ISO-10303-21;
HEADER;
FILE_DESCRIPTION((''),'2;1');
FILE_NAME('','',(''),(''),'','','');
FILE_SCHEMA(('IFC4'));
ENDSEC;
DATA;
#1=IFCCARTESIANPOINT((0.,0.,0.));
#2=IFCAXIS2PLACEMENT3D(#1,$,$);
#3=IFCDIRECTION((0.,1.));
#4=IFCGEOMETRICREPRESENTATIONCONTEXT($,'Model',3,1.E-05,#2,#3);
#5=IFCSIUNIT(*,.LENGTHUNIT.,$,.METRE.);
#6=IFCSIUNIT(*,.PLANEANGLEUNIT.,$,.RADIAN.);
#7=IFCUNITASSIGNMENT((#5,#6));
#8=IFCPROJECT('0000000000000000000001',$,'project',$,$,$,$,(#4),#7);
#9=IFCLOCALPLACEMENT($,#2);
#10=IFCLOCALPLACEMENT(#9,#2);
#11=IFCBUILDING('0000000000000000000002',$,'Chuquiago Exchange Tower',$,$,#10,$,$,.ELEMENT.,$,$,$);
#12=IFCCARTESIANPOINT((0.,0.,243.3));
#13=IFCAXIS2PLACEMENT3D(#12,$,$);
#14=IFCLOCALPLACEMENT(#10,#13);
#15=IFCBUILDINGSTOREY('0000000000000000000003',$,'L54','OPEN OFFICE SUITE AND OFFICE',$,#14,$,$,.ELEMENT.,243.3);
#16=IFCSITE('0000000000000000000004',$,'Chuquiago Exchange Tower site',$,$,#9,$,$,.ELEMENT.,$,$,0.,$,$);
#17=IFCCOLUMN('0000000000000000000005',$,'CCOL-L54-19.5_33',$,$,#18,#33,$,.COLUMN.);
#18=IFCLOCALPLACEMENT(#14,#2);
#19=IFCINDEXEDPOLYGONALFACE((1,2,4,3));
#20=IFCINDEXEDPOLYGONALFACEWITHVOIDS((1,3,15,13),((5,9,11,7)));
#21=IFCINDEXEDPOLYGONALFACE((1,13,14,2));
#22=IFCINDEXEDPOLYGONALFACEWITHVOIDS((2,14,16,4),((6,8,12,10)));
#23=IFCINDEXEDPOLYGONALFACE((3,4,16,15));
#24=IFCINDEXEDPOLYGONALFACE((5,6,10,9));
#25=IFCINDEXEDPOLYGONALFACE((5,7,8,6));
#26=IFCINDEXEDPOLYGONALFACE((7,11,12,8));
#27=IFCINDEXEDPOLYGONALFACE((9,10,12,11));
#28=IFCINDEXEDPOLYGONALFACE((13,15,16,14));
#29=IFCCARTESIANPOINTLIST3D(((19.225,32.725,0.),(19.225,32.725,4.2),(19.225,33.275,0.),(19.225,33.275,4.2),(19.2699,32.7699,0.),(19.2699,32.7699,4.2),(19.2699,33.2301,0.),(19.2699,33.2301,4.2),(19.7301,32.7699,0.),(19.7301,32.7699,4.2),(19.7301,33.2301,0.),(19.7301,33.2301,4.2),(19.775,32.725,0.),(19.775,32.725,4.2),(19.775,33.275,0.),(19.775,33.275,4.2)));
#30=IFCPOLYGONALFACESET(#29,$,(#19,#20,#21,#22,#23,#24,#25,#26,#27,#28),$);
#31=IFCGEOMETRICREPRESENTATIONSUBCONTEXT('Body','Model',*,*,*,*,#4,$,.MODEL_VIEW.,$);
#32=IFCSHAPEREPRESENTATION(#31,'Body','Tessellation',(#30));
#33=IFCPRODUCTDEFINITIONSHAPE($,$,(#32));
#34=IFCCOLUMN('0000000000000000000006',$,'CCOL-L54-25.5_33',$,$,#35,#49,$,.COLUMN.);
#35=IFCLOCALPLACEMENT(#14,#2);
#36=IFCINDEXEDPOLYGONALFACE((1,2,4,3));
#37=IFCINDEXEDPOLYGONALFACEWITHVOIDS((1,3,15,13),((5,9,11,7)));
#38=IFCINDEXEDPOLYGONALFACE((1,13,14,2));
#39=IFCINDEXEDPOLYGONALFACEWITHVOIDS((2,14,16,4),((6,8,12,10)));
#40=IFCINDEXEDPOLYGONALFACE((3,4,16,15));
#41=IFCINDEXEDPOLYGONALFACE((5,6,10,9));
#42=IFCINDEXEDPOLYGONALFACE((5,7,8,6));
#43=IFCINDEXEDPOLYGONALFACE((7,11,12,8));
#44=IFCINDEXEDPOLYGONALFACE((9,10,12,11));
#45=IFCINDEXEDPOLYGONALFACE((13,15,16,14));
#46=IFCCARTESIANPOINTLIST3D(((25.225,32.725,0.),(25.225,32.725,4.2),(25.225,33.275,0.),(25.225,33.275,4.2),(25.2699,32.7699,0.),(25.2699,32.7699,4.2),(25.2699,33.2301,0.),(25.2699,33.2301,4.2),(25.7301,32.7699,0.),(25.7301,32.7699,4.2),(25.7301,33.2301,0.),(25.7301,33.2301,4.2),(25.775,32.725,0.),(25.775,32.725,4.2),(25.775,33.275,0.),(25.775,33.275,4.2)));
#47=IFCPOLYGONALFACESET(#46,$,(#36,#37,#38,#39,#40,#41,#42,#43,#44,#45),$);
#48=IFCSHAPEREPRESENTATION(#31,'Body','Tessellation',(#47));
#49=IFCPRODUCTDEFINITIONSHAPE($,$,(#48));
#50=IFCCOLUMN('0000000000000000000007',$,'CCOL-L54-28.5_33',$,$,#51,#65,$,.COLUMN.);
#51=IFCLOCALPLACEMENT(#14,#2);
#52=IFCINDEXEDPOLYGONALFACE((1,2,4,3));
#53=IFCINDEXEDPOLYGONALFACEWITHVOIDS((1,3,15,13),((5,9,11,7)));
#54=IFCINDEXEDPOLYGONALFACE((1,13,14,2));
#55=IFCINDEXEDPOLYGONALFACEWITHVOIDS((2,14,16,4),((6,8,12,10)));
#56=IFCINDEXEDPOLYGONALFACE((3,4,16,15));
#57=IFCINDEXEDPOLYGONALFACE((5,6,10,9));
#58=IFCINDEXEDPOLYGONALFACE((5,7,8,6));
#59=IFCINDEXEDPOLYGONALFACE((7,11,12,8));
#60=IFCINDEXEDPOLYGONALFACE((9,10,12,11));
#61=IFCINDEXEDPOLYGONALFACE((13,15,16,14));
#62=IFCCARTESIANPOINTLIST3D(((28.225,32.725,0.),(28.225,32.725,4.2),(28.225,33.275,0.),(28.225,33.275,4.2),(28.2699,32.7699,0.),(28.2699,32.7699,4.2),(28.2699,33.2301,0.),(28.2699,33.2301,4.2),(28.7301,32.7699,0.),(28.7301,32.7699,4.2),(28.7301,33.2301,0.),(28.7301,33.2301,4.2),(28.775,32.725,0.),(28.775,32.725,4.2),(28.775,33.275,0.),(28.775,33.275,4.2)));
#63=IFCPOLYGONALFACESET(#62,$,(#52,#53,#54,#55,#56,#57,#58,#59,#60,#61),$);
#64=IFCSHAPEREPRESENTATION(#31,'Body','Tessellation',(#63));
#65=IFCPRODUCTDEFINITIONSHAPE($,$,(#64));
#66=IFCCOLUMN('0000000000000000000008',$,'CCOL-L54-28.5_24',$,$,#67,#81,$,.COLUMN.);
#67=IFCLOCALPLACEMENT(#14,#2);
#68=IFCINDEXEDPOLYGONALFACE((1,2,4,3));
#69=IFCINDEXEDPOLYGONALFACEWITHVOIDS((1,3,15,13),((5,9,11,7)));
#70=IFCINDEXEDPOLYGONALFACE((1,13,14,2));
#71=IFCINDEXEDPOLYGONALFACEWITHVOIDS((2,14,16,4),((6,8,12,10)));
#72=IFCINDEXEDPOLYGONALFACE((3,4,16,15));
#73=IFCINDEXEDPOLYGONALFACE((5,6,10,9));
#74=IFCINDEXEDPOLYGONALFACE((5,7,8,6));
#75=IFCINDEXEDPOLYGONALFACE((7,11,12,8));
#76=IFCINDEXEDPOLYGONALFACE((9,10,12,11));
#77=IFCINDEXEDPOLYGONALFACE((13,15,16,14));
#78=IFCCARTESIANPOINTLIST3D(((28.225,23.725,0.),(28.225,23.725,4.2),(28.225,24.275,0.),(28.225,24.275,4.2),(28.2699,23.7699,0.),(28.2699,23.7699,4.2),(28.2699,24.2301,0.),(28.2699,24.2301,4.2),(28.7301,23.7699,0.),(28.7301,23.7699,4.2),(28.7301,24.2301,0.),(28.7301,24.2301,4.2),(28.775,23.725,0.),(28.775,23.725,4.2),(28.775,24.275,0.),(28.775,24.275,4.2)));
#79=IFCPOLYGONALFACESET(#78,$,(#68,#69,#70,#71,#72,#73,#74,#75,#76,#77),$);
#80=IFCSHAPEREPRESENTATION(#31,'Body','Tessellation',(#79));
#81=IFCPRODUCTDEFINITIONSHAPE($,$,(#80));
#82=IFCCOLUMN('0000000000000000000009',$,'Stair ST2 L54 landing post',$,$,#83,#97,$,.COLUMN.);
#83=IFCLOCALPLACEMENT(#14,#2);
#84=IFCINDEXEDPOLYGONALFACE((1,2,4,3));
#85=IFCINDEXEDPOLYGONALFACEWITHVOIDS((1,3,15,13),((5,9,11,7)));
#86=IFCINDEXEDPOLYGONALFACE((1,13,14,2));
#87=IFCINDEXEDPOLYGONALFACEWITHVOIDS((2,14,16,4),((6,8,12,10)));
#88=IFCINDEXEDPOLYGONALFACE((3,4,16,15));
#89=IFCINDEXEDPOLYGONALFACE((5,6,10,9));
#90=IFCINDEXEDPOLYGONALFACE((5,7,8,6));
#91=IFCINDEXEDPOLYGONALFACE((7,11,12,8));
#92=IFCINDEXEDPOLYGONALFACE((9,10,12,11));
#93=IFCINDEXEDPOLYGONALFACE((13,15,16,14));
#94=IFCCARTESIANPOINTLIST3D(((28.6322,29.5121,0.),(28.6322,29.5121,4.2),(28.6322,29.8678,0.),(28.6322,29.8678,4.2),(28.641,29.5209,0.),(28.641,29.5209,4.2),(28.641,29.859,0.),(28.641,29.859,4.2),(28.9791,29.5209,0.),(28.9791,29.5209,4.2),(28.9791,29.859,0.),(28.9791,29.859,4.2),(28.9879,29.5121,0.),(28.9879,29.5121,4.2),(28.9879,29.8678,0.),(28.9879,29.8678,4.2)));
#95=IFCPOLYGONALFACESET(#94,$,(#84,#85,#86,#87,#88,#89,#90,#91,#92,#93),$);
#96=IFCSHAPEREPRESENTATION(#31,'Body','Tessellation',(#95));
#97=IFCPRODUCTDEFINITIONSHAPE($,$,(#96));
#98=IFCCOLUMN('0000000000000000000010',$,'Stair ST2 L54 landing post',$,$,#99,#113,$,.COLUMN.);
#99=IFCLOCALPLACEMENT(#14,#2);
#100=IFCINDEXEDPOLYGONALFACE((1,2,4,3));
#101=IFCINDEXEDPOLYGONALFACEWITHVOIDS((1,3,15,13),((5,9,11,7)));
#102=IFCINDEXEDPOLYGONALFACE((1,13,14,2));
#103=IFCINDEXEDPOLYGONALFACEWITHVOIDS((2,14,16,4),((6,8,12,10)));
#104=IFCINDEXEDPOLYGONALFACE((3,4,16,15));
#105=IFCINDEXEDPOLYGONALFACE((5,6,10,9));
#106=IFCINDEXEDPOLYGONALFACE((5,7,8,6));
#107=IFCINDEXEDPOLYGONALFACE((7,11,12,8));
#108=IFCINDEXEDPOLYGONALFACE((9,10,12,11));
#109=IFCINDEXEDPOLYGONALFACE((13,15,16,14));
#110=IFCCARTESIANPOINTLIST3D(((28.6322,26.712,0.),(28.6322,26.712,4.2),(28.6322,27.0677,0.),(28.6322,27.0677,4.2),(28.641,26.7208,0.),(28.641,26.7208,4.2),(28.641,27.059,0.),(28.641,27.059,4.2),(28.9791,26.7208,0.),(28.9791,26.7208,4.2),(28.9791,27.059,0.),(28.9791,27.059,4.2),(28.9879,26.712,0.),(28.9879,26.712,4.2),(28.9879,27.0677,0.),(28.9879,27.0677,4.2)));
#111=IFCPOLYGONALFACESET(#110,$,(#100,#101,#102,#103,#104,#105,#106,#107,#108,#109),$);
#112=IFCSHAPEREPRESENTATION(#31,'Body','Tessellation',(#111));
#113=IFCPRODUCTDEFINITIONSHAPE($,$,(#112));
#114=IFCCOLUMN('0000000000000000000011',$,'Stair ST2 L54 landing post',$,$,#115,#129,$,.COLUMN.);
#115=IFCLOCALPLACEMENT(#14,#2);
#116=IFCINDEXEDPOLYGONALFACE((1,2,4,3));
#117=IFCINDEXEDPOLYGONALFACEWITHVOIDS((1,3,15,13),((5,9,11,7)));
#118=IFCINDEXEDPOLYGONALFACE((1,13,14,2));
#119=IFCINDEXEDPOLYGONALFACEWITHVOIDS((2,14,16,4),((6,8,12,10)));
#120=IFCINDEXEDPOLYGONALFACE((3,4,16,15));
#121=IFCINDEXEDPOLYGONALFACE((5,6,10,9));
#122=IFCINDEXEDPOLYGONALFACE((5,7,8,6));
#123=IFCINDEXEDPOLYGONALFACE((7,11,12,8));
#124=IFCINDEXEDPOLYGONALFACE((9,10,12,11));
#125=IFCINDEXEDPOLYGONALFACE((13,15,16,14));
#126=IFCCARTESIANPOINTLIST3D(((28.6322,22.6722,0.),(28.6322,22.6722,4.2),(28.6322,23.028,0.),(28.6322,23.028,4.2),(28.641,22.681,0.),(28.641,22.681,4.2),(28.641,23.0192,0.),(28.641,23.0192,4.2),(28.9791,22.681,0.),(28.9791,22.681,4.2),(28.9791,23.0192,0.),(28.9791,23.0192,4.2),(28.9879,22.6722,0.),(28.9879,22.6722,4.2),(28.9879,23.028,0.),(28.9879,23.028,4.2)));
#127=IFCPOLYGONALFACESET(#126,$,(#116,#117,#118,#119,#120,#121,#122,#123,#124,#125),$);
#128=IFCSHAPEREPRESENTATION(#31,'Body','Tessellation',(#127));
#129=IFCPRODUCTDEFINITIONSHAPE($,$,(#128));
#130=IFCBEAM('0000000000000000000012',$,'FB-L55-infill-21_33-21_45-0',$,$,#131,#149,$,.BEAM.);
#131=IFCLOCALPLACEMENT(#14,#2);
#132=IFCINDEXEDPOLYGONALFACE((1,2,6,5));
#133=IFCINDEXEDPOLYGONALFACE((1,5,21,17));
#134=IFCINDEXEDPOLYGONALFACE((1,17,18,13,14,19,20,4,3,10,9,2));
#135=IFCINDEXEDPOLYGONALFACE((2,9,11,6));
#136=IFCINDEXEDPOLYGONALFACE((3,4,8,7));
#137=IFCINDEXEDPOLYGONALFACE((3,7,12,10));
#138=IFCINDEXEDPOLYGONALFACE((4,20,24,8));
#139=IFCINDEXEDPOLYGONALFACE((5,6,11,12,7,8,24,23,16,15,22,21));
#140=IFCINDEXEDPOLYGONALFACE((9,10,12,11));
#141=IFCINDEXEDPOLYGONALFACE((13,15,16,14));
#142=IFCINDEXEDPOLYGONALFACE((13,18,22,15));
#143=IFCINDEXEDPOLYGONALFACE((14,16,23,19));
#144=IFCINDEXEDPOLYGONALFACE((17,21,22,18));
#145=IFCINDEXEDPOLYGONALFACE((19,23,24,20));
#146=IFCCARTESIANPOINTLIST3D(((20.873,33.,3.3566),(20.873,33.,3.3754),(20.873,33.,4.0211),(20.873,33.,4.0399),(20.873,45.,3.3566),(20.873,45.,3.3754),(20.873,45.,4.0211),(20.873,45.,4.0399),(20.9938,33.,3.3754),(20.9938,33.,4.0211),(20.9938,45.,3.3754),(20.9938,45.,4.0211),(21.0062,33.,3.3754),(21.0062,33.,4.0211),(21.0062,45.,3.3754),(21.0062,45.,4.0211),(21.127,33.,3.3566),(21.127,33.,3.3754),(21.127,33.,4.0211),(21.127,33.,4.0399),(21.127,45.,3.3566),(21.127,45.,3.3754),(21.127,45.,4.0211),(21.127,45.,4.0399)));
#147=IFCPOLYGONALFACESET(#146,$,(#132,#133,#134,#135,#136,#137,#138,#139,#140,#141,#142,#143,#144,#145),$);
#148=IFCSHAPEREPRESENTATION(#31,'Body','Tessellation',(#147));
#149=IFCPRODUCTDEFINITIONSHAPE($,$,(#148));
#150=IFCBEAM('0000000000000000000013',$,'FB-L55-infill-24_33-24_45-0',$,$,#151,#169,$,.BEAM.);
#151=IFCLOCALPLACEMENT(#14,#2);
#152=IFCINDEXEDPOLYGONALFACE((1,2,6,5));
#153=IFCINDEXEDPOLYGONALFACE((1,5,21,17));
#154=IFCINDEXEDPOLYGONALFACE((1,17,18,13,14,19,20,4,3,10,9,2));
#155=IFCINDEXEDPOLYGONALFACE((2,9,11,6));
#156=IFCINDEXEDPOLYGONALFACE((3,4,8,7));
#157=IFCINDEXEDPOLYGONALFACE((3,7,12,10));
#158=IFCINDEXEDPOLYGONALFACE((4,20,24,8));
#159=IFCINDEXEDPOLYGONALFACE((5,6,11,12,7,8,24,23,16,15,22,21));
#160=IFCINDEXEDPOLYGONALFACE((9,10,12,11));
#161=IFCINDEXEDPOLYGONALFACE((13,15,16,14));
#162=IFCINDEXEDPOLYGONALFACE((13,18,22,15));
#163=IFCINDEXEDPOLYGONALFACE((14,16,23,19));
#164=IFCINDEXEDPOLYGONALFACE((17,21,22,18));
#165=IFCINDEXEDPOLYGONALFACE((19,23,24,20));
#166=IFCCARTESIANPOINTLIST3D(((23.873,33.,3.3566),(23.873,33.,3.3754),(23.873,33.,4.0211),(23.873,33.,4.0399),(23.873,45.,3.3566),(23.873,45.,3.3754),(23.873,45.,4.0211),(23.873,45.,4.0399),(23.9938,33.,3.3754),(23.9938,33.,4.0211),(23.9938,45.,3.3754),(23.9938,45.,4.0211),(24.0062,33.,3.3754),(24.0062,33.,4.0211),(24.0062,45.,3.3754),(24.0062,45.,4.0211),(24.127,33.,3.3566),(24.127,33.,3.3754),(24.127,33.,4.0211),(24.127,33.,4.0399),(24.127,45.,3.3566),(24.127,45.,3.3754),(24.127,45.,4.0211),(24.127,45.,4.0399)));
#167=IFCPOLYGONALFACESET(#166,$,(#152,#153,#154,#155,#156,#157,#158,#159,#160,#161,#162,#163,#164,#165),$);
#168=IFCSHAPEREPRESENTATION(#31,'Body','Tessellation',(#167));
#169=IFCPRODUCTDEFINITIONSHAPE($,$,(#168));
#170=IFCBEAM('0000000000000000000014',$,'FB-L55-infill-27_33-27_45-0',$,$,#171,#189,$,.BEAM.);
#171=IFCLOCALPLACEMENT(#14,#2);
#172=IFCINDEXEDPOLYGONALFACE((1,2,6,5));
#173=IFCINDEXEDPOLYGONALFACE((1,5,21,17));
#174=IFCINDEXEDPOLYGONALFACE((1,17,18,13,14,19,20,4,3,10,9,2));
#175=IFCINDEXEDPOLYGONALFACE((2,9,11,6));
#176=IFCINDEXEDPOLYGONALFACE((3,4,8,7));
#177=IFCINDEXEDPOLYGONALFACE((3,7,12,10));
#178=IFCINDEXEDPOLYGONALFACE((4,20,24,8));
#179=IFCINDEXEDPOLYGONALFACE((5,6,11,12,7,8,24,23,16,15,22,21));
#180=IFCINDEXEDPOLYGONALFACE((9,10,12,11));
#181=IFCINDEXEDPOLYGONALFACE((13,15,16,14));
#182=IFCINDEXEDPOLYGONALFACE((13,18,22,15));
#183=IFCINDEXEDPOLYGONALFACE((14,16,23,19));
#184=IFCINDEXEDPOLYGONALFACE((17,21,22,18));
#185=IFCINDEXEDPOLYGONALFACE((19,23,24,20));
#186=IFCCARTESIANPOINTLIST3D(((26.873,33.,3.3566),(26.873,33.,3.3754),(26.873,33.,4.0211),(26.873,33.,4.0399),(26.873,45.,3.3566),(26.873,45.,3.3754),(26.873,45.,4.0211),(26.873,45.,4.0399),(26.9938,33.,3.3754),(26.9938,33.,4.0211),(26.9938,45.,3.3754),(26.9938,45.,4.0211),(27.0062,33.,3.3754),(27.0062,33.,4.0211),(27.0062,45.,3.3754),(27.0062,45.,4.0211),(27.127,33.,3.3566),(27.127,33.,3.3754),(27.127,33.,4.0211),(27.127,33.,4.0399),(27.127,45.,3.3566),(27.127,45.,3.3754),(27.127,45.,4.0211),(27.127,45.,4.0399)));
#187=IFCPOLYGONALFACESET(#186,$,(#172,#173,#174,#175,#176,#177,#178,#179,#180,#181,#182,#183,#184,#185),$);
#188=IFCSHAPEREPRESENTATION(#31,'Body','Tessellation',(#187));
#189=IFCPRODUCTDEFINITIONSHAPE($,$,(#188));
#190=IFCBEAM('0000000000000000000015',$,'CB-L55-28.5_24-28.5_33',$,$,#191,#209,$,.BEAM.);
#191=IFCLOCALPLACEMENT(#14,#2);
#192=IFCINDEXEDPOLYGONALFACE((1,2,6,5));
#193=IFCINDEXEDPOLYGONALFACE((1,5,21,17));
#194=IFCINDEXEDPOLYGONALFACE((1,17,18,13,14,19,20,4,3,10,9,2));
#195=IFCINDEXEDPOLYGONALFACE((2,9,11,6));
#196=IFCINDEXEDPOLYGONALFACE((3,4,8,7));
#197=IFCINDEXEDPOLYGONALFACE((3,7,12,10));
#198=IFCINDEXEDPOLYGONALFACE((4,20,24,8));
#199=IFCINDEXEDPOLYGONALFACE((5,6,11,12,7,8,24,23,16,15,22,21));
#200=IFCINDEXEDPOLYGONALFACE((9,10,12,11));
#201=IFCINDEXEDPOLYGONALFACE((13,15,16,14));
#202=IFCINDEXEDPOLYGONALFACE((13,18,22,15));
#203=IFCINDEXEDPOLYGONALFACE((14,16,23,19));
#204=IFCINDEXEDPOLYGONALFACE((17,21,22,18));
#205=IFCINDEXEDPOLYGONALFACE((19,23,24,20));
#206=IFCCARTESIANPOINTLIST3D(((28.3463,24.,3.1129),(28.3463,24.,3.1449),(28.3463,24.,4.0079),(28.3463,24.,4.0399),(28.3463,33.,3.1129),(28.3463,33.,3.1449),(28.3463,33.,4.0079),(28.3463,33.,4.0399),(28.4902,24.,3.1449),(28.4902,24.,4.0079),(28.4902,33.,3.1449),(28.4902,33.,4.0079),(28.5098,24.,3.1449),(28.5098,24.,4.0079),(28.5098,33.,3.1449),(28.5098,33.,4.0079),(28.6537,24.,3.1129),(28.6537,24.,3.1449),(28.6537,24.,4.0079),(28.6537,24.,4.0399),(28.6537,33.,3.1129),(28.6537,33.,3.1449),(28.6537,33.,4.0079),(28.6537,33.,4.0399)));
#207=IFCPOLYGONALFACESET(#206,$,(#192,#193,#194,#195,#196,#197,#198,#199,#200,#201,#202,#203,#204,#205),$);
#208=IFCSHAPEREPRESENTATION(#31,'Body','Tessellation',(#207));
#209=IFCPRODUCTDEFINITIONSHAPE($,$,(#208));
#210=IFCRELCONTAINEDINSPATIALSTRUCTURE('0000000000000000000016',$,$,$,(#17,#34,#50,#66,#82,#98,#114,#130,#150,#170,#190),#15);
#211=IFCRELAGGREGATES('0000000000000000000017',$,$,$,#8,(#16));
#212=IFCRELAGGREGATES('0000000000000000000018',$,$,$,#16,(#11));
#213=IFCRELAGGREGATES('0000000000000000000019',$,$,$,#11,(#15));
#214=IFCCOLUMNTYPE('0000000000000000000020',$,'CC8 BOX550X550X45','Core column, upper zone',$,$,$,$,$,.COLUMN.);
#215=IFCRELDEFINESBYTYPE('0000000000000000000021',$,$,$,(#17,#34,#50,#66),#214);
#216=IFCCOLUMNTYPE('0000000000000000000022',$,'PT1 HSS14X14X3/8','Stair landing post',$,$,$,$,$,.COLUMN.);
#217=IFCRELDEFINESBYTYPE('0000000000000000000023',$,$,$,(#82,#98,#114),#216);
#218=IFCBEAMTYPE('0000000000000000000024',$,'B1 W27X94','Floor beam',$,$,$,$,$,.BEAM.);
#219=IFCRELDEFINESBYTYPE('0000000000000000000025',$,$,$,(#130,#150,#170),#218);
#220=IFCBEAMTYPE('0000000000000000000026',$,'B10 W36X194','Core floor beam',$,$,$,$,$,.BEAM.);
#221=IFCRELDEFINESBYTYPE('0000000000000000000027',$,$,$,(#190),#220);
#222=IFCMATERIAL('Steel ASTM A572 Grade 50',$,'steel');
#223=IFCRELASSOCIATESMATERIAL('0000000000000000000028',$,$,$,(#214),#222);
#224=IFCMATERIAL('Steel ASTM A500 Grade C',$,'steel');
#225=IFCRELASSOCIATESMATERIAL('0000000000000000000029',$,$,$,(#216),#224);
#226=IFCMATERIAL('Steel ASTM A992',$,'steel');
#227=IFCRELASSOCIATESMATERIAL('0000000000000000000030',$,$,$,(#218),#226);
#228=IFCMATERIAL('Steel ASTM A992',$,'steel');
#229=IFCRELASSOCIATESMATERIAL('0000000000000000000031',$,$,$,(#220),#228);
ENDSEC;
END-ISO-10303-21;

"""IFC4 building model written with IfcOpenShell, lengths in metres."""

from ifc_helpers import new_model, si_unit, direction, frame, origin, origin_2d, place, context, subcontext, project, spatial, hollow_rectangle, i_section, extrude, material, material_profile, profile_set, type_object, element, save


model = new_model("IFC4")

# Units and contexts
model_context = context("Model", 3, precision=1e-05, world=origin(), true_north=direction((0.0, 1.0)))
body_context = subcontext(model_context, "Body", "Model", "MODEL_VIEW")
ifc_project = project(units=[si_unit("LENGTHUNIT", "METRE"), si_unit("PLANEANGLEUNIT", "RADIAN")], contexts=[model_context])

# Site, building, storey
site_placement = place(None, origin())
site = spatial("IfcSite", under=ifc_project, at=site_placement, Name="Chuquiago Exchange Tower site", CompositionType="ELEMENT", RefElevation=0.0)
building_placement = place(site_placement, origin())
building = spatial("IfcBuilding", under=site, at=building_placement, Name="Chuquiago Exchange Tower", CompositionType="ELEMENT")
storey_placement = place(building_placement, frame((0.0, 0.0, 243.3)))
storey = spatial("IfcBuildingStorey", under=building, at=storey_placement, Name="L54", Description="OPEN OFFICE SUITE AND OFFICE", CompositionType="ELEMENT", Elevation=243.3)

# Columns
ifc_material_1 = material(Name="Steel ASTM A572 Grade 50", Category="steel")
ifc_material_profile_1 = material_profile(ifc_material_1, hollow_rectangle(XDim=0.55, YDim=0.55, WallThickness=0.0449, at=origin_2d()), Name="BOX550X550X45")
ifc_profile_set_1 = profile_set([ifc_material_profile_1], Name="Steel ASTM A572 Grade 50")
column_type_1 = type_object("IfcColumnType", Name="CC8 BOX550X550X45", Description="Core column, upper zone", PredefinedType="COLUMN", material=ifc_profile_set_1)
for number, where, z_axis, x_axis, name in (
    (1, (19.5, 33.0, 0.0), (0.0, 0.0, 1.0), (1.0, 0.0, 0.0), "CCOL-L54-19.5_33"),
    (2, (25.5, 33.0, 0.0), (0.0, 0.0, 1.0), (1.0, 0.0, 0.0), "CCOL-L54-25.5_33"),
    (3, (28.5, 33.0, 0.0), (0.0, 0.0, 1.0), (1.0, 0.0, 0.0), "CCOL-L54-28.5_33"),
    (4, (28.5, 24.0, 0.0), (0.0, 0.0, 1.0), (1.0, 0.0, 0.0), "CCOL-L54-28.5_24"),
):
    element("IfcColumn", number, at=place(storey_placement, frame(where, z_axis=z_axis, x_axis=x_axis)), inside=storey, type_object=column_type_1, Name=name, PredefinedType="COLUMN", context=body_context, shape_type="SweptSolid", body=[
        extrude(hollow_rectangle(XDim=0.55, YDim=0.55, WallThickness=0.0449, at=origin_2d()), origin(), (0.0, 0.0, 1.0), 4.2),
    ])
ifc_material_2 = material(Name="Steel ASTM A500 Grade C", Category="steel")
ifc_material_profile_2 = material_profile(ifc_material_2, hollow_rectangle(XDim=0.3557, YDim=0.3557, WallThickness=0.0088, at=origin_2d()), Name="HSS14X14X3/8")
ifc_profile_set_2 = profile_set([ifc_material_profile_2], Name="Steel ASTM A500 Grade C")
column_type_2 = type_object("IfcColumnType", Name="PT1 HSS14X14X3/8", Description="Stair landing post", PredefinedType="COLUMN", material=ifc_profile_set_2)
for number, where, z_axis, x_axis, name in (
    (5, (28.8101, 29.6899, 0.0), (0.0, 0.0, 1.0), (1.0, 0.0, 0.0), "Stair ST2 L54 landing post"),
    (6, (28.8101, 26.8899, 0.0), (0.0, 0.0, 1.0), (1.0, 0.0, 0.0), "Stair ST2 L54 landing post"),
    (7, (28.8101, 22.8501, 0.0), (0.0, 0.0, 1.0), (1.0, 0.0, 0.0), "Stair ST2 L54 landing post"),
):
    element("IfcColumn", number, at=place(storey_placement, frame(where, z_axis=z_axis, x_axis=x_axis)), inside=storey, type_object=column_type_2, Name=name, PredefinedType="COLUMN", context=body_context, shape_type="SweptSolid", body=[
        extrude(hollow_rectangle(XDim=0.3557, YDim=0.3557, WallThickness=0.0088, at=origin_2d()), origin(), (0.0, 0.0, 1.0), 4.2),
    ])

# Beams
ifc_material_3 = material(Name="Steel ASTM A992", Category="steel")
ifc_material_profile_3 = material_profile(ifc_material_3, i_section(OverallWidth=0.2539, OverallDepth=0.6833, WebThickness=0.0125, FlangeThickness=0.0188, at=origin_2d()), Name="W27X94")
ifc_profile_set_3 = profile_set([ifc_material_profile_3], Name="Steel ASTM A992")
beam_type_1 = type_object("IfcBeamType", Name="B1 W27X94", Description="Floor beam", PredefinedType="BEAM", material=ifc_profile_set_3)
for number, where, z_axis, x_axis, name in (
    (8, (21.0, 33.0, 3.6982), (0.0, 1.0, 0.0), (-1.0, 0.0, 0.0), "FB-L55-infill-21_33-21_45-0"),
    (9, (24.0, 33.0, 3.6982), (0.0, 1.0, 0.0), (-1.0, 0.0, 0.0), "FB-L55-infill-24_33-24_45-0"),
    (10, (27.0, 33.0, 3.6982), (0.0, 1.0, 0.0), (-1.0, 0.0, 0.0), "FB-L55-infill-27_33-27_45-0"),
):
    element("IfcBeam", number, at=place(storey_placement, frame(where, z_axis=z_axis, x_axis=x_axis)), inside=storey, type_object=beam_type_1, Name=name, PredefinedType="BEAM", context=body_context, shape_type="SweptSolid", body=[
        extrude(i_section(OverallWidth=0.2539, OverallDepth=0.6833, WebThickness=0.0125, FlangeThickness=0.0188, at=origin_2d()), origin(), (0.0, 0.0, 1.0), 12.0),
    ])
ifc_material_4 = material(Name="Steel ASTM A992", Category="steel")
ifc_material_profile_4 = material_profile(ifc_material_4, i_section(OverallWidth=0.3074, OverallDepth=0.927, WebThickness=0.0195, FlangeThickness=0.032, at=origin_2d()), Name="W36X194")
ifc_profile_set_4 = profile_set([ifc_material_profile_4], Name="Steel ASTM A992")
beam_type_2 = type_object("IfcBeamType", Name="B10 W36X194", Description="Core floor beam", PredefinedType="BEAM", material=ifc_profile_set_4)
beam_1_placement = place(storey_placement, frame((28.5, 24.0, 3.5764), z_axis=(0.0, 1.0, 0.0), x_axis=(-1.0, 0.0, 0.0)))
element("IfcBeam", 11, at=beam_1_placement, inside=storey, type_object=beam_type_2, Name="CB-L55-28.5_24-28.5_33", PredefinedType="BEAM", context=body_context, shape_type="SweptSolid", body=[
    extrude(i_section(OverallWidth=0.3074, OverallDepth=0.927, WebThickness=0.0195, FlangeThickness=0.032, at=origin_2d()), origin(), (0.0, 0.0, 1.0), 9.0),
])

save(model, "model.ifc")
